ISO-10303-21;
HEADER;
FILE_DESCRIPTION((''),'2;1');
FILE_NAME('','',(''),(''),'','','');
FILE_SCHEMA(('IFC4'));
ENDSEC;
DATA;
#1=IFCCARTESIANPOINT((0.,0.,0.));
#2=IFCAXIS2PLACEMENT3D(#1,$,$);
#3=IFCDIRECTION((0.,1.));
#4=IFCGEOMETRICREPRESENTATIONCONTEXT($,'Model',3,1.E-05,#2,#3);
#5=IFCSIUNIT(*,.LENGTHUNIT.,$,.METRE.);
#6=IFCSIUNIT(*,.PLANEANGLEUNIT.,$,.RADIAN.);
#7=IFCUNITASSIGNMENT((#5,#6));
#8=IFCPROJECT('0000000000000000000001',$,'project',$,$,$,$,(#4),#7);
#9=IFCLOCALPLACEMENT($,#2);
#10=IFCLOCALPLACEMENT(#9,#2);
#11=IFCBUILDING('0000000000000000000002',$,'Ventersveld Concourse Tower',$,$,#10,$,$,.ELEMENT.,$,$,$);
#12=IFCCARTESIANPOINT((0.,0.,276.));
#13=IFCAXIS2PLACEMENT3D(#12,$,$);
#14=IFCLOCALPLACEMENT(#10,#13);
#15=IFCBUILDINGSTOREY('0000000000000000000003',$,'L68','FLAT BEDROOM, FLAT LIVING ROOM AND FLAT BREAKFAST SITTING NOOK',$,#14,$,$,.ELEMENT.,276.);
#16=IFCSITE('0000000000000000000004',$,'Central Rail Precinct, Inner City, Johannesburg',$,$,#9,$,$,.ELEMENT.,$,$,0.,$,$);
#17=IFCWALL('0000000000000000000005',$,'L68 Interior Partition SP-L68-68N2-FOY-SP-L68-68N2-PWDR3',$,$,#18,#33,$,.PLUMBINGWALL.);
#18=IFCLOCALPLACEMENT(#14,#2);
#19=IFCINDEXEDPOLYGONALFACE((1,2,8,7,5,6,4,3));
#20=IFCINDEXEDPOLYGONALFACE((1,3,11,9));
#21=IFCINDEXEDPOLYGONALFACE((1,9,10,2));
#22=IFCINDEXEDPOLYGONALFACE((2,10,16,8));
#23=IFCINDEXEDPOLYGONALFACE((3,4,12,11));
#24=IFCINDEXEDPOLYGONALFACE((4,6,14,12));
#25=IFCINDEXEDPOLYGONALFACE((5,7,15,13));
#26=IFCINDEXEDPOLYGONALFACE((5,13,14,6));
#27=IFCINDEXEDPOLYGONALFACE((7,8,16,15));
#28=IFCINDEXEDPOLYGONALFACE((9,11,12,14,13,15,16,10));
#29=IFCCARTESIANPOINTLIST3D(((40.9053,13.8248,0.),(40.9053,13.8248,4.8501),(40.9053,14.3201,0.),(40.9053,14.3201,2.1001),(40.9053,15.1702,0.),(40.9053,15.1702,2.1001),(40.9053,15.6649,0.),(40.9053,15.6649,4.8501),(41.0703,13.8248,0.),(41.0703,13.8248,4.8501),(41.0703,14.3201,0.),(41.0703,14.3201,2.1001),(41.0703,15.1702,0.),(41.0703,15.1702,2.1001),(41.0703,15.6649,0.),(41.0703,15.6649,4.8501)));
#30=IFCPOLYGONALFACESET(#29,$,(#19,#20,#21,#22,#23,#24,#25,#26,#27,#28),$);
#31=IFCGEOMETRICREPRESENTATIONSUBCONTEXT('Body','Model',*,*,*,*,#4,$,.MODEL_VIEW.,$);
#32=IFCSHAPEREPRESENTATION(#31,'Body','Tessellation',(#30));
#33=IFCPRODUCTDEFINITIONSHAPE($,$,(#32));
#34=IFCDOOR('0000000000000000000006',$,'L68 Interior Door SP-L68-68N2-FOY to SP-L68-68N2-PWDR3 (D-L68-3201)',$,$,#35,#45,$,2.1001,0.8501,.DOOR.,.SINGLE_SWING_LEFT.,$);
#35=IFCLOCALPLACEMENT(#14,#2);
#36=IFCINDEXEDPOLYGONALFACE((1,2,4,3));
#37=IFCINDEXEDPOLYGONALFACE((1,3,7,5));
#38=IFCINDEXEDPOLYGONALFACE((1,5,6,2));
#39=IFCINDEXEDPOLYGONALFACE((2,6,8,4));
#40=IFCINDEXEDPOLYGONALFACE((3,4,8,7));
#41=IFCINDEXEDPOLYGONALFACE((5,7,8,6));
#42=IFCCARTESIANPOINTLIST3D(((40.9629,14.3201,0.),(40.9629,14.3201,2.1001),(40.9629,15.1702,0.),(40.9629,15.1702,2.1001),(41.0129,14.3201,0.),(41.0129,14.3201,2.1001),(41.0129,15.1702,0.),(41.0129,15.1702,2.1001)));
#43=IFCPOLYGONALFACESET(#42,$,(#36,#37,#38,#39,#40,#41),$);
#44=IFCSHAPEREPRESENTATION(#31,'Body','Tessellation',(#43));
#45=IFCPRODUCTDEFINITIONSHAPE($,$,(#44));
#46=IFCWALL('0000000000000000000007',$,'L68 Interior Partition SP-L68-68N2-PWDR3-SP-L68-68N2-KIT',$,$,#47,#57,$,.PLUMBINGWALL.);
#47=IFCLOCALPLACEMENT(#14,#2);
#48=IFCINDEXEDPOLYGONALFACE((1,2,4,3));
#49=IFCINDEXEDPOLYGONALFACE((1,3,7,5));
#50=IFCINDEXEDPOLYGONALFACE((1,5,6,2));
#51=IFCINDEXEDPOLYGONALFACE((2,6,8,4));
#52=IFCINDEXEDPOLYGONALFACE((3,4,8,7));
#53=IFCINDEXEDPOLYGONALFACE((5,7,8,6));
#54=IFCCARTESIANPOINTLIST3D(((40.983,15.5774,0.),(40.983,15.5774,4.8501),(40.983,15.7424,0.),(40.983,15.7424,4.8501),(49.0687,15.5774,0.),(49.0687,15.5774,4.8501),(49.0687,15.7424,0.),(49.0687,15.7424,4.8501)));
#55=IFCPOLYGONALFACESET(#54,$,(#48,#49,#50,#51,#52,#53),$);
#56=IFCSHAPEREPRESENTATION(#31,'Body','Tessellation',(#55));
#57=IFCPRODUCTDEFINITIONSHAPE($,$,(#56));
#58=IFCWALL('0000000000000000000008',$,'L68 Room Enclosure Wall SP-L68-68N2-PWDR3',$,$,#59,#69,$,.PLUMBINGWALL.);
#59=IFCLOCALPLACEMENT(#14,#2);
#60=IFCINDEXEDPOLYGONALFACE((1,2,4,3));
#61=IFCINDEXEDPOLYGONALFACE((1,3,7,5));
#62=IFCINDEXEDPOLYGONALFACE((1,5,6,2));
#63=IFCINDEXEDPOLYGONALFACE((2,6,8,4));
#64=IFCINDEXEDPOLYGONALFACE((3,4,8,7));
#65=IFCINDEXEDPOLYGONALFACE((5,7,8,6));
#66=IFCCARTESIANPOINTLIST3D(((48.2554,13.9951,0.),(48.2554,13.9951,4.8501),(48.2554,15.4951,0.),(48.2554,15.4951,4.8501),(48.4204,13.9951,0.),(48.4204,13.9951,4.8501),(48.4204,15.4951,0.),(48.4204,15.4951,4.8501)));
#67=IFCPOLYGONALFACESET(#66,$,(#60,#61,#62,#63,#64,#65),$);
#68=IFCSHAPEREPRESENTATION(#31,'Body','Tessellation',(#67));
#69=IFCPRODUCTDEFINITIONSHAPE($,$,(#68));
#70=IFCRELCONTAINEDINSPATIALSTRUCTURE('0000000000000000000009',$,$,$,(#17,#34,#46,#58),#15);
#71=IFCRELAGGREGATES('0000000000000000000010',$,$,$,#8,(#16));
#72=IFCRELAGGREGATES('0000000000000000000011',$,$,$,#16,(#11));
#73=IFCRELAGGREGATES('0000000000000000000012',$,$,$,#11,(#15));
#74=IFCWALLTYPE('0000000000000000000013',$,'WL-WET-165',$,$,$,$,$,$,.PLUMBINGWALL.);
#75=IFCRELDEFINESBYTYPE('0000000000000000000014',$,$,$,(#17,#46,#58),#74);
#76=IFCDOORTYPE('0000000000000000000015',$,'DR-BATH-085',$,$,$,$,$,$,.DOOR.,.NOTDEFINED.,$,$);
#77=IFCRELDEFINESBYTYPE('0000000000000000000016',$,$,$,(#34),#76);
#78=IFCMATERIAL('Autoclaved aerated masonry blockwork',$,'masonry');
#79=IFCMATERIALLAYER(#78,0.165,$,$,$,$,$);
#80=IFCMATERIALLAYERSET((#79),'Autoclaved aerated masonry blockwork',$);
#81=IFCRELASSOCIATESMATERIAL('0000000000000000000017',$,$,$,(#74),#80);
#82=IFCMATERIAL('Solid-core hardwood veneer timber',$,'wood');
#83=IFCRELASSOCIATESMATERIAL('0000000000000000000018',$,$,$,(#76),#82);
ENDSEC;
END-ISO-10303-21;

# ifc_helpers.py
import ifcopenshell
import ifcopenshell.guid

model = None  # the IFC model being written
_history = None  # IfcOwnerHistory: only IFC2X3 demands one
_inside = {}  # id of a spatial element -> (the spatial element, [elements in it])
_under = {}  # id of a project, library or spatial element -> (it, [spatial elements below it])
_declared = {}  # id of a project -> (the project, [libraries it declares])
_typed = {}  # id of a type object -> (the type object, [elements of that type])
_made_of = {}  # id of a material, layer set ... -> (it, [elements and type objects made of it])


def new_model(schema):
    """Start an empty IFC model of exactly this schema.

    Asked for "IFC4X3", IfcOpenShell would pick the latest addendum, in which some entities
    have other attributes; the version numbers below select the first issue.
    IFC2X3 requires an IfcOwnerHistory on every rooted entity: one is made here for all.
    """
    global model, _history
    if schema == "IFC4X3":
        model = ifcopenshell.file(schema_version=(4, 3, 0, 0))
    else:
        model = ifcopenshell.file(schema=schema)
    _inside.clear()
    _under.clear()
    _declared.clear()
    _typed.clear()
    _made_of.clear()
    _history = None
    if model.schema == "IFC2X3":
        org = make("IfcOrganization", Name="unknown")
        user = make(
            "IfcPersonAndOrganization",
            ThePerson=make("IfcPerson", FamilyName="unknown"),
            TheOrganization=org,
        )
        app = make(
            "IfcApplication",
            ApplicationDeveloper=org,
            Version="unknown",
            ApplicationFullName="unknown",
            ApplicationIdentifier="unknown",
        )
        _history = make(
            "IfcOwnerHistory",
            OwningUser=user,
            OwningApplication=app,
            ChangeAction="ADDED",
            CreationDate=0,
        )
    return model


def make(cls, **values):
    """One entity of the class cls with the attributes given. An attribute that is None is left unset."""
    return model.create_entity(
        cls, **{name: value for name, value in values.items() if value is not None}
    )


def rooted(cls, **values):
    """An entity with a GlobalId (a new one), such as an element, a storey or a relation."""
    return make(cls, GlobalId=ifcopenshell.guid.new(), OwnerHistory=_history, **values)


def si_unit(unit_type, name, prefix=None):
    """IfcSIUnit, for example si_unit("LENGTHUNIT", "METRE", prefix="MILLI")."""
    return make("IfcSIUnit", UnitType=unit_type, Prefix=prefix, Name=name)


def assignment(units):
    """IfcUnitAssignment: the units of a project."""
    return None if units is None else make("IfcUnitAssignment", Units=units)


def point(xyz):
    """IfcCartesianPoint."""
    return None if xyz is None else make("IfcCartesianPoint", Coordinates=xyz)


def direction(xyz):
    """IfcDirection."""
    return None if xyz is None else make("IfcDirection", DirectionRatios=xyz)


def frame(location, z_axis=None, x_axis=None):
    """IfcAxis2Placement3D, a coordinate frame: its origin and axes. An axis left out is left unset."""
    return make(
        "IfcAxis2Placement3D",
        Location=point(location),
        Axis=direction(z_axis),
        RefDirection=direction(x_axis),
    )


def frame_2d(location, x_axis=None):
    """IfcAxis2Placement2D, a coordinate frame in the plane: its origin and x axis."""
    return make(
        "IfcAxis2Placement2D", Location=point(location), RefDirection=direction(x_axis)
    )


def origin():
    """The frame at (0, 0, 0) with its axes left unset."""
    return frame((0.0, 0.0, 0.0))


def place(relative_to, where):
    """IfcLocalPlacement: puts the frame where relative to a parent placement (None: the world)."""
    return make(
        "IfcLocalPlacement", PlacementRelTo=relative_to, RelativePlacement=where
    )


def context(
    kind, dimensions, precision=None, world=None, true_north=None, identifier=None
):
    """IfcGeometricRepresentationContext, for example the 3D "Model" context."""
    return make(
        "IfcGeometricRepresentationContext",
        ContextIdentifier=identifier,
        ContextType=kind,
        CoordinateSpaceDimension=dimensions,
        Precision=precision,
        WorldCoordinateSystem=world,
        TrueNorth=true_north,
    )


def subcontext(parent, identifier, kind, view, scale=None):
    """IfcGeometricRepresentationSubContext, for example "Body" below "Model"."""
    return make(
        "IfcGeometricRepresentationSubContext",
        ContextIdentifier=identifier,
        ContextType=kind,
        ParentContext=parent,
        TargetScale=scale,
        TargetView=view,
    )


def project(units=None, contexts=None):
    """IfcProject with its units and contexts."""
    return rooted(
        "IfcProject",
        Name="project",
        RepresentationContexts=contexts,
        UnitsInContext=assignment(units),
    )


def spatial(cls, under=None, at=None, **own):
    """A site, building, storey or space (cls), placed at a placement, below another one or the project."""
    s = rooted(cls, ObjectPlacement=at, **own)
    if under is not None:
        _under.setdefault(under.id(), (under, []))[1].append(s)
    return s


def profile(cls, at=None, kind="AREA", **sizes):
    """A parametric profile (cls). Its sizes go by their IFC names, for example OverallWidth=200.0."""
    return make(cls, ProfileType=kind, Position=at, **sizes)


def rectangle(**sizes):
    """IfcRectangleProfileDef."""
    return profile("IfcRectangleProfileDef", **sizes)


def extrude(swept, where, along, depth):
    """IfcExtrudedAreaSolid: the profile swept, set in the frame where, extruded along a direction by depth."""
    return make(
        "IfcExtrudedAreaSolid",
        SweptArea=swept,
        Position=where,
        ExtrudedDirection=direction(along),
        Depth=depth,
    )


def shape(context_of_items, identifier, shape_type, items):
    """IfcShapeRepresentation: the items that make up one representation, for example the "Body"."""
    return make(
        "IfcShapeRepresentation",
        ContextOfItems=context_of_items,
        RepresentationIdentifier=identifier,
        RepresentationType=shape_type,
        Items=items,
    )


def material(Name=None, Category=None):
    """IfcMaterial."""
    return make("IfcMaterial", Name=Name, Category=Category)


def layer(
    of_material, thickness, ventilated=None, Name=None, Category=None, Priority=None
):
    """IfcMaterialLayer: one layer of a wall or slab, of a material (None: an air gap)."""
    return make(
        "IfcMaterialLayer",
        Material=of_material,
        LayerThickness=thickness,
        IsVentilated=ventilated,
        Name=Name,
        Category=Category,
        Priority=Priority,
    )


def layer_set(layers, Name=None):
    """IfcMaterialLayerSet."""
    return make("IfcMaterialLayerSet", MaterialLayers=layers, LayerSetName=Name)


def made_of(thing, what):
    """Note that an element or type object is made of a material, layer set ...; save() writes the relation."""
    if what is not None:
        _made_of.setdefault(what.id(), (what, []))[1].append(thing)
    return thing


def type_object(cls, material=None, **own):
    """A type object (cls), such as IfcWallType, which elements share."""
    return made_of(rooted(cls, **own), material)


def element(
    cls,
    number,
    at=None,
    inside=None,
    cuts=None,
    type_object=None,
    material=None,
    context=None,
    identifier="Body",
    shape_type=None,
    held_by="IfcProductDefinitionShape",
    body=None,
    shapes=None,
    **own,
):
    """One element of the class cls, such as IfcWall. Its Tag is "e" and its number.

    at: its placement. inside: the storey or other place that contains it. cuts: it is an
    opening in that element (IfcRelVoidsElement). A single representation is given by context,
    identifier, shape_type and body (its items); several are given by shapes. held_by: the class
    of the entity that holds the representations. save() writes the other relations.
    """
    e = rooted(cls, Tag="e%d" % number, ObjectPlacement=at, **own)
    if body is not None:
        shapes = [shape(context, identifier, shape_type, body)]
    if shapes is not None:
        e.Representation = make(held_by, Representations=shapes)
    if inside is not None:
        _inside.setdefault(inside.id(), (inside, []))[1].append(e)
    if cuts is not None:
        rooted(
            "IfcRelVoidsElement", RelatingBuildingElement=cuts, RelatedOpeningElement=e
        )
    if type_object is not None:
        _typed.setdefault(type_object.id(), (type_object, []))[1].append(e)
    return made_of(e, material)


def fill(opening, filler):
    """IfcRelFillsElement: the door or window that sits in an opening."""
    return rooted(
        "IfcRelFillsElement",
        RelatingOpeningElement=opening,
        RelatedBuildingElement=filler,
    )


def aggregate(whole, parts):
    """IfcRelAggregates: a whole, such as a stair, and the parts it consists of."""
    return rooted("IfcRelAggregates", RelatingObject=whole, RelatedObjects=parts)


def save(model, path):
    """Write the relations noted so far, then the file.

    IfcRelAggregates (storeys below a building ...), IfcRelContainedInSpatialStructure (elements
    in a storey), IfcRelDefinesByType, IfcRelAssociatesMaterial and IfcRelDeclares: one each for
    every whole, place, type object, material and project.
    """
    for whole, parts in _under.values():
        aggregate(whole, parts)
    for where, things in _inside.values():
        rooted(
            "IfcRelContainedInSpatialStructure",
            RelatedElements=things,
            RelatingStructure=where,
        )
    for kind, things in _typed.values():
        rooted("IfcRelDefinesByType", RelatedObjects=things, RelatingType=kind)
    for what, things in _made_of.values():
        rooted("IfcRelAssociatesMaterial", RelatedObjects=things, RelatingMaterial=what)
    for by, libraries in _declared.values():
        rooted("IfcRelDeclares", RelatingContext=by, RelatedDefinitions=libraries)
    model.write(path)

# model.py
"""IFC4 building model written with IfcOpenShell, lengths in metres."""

from ifc_helpers import new_model, si_unit, direction, frame, frame_2d, origin, place, context, subcontext, project, spatial, rectangle, extrude, material, layer, layer_set, type_object, element, fill, save


model = new_model("IFC4")

# Units and contexts
model_context = context("Model", 3, precision=1e-05, world=origin(), true_north=direction((0.0, 1.0)))
body_context = subcontext(model_context, "Body", "Model", "MODEL_VIEW")
ifc_project = project(units=[si_unit("LENGTHUNIT", "METRE"), si_unit("PLANEANGLEUNIT", "RADIAN")], contexts=[model_context])

# Site, building, storey
site_placement = place(None, origin())
site = spatial("IfcSite", under=ifc_project, at=site_placement, Name="Central Rail Precinct, Inner City, Johannesburg", CompositionType="ELEMENT", RefElevation=0.0)
building_placement = place(site_placement, origin())
building = spatial("IfcBuilding", under=site, at=building_placement, Name="Ventersveld Concourse Tower", CompositionType="ELEMENT")
storey_placement = place(building_placement, frame((0.0, 0.0, 276.0)))
storey = spatial("IfcBuildingStorey", under=building, at=storey_placement, Name="L68", Description="FLAT BEDROOM, FLAT LIVING ROOM AND FLAT BREAKFAST SITTING NOOK", CompositionType="ELEMENT", Elevation=276.0)

# Shared definitions
ifc_material_1 = material(Name="Solid-core hardwood veneer timber", Category="wood")

# Shared definitions
ifc_material_2 = material(Name="Autoclaved aerated masonry blockwork", Category="masonry")

# Wall, opening, door
ifc_layer_1 = layer(ifc_material_2, 0.165)
ifc_layer_set_1 = layer_set([ifc_layer_1], Name="Autoclaved aerated masonry blockwork")
wall_type_1 = type_object("IfcWallType", Name="WL-WET-165", PredefinedType="PLUMBINGWALL", material=ifc_layer_set_1)
wall_1_placement = place(storey_placement, frame((40.9878, 13.825, 0.0), z_axis=(0.0, 0.0, 1.0), x_axis=(0.0, 1.0, 0.0)))
wall_1 = element("IfcWall", 1, at=wall_1_placement, inside=storey, type_object=wall_type_1, Name="L68 Interior Partition SP-L68-68N2-FOY-SP-L68-68N2-PWDR3", PredefinedType="PLUMBINGWALL", context=body_context, shape_type="SweptSolid", body=[
    extrude(rectangle(XDim=1.8401, YDim=0.165, at=frame_2d((0.9199, 0.0))), origin(), (0.0, 0.0, 1.0), 4.8501),
])
opening_1_placement = place(wall_1_placement, frame((0.4951, 0.0, 0.0)))
opening_1 = element("IfcOpeningElement", 2, at=opening_1_placement, cuts=wall_1, PredefinedType="OPENING", context=body_context, shape_type="SweptSolid", body=[
    extrude(rectangle(XDim=0.8501, YDim=2.1001, at=frame_2d((0.425, 1.05))), frame((0.0, 0.0925, 0.0), z_axis=(0.0, -1.0, 0.0), x_axis=(1.0, 0.0, 0.0)), (0.0, 0.0, 1.0), 0.1851),
])
door_type_1 = type_object("IfcDoorType", Name="DR-BATH-085", OperationType="NOTDEFINED", PredefinedType="DOOR", material=ifc_material_1)
door_1_placement = place(opening_1_placement, origin())
door_1 = element("IfcDoor", 3, at=door_1_placement, inside=storey, type_object=door_type_1, Name="L68 Interior Door SP-L68-68N2-FOY to SP-L68-68N2-PWDR3 (D-L68-3201)", OperationType="SINGLE_SWING_LEFT", OverallHeight=2.1001, OverallWidth=0.8501, PredefinedType="DOOR", context=body_context, shape_type="SweptSolid", body=[
    extrude(rectangle(XDim=0.8501, YDim=2.1001, at=frame_2d((0.425, 1.05))), frame((0.0, 0.0249, 0.0), z_axis=(0.0, -1.0, 0.0), x_axis=(1.0, 0.0, 0.0)), (0.0, 0.0, 1.0), 0.05),
])
fill(opening_1, door_1)

# Walls
wall_2_placement = place(storey_placement, frame((40.9829, 15.6599, 0.0), z_axis=(0.0, 0.0, 1.0), x_axis=(1.0, 0.0, 0.0)))
element("IfcWall", 4, at=wall_2_placement, inside=storey, type_object=wall_type_1, Name="L68 Interior Partition SP-L68-68N2-PWDR3-SP-L68-68N2-KIT", PredefinedType="PLUMBINGWALL", context=body_context, shape_type="SweptSolid", body=[
    extrude(rectangle(XDim=8.0857, YDim=0.165, at=frame_2d((4.043, 0.0))), origin(), (0.0, 0.0, 1.0), 4.8501),
])
wall_3_placement = place(storey_placement, frame((48.3379, 15.4951, 0.0), z_axis=(0.0, 0.0, 1.0), x_axis=(0.0, -1.0, 0.0)))
element("IfcWall", 5, at=wall_3_placement, inside=storey, type_object=wall_type_1, Name="L68 Room Enclosure Wall SP-L68-68N2-PWDR3", PredefinedType="PLUMBINGWALL", context=body_context, shape_type="SweptSolid", body=[
    extrude(rectangle(XDim=1.5, YDim=0.165, at=frame_2d((0.75, 0.0))), origin(), (0.0, 0.0, 1.0), 4.8501),
])

save(model, "model.ifc")
